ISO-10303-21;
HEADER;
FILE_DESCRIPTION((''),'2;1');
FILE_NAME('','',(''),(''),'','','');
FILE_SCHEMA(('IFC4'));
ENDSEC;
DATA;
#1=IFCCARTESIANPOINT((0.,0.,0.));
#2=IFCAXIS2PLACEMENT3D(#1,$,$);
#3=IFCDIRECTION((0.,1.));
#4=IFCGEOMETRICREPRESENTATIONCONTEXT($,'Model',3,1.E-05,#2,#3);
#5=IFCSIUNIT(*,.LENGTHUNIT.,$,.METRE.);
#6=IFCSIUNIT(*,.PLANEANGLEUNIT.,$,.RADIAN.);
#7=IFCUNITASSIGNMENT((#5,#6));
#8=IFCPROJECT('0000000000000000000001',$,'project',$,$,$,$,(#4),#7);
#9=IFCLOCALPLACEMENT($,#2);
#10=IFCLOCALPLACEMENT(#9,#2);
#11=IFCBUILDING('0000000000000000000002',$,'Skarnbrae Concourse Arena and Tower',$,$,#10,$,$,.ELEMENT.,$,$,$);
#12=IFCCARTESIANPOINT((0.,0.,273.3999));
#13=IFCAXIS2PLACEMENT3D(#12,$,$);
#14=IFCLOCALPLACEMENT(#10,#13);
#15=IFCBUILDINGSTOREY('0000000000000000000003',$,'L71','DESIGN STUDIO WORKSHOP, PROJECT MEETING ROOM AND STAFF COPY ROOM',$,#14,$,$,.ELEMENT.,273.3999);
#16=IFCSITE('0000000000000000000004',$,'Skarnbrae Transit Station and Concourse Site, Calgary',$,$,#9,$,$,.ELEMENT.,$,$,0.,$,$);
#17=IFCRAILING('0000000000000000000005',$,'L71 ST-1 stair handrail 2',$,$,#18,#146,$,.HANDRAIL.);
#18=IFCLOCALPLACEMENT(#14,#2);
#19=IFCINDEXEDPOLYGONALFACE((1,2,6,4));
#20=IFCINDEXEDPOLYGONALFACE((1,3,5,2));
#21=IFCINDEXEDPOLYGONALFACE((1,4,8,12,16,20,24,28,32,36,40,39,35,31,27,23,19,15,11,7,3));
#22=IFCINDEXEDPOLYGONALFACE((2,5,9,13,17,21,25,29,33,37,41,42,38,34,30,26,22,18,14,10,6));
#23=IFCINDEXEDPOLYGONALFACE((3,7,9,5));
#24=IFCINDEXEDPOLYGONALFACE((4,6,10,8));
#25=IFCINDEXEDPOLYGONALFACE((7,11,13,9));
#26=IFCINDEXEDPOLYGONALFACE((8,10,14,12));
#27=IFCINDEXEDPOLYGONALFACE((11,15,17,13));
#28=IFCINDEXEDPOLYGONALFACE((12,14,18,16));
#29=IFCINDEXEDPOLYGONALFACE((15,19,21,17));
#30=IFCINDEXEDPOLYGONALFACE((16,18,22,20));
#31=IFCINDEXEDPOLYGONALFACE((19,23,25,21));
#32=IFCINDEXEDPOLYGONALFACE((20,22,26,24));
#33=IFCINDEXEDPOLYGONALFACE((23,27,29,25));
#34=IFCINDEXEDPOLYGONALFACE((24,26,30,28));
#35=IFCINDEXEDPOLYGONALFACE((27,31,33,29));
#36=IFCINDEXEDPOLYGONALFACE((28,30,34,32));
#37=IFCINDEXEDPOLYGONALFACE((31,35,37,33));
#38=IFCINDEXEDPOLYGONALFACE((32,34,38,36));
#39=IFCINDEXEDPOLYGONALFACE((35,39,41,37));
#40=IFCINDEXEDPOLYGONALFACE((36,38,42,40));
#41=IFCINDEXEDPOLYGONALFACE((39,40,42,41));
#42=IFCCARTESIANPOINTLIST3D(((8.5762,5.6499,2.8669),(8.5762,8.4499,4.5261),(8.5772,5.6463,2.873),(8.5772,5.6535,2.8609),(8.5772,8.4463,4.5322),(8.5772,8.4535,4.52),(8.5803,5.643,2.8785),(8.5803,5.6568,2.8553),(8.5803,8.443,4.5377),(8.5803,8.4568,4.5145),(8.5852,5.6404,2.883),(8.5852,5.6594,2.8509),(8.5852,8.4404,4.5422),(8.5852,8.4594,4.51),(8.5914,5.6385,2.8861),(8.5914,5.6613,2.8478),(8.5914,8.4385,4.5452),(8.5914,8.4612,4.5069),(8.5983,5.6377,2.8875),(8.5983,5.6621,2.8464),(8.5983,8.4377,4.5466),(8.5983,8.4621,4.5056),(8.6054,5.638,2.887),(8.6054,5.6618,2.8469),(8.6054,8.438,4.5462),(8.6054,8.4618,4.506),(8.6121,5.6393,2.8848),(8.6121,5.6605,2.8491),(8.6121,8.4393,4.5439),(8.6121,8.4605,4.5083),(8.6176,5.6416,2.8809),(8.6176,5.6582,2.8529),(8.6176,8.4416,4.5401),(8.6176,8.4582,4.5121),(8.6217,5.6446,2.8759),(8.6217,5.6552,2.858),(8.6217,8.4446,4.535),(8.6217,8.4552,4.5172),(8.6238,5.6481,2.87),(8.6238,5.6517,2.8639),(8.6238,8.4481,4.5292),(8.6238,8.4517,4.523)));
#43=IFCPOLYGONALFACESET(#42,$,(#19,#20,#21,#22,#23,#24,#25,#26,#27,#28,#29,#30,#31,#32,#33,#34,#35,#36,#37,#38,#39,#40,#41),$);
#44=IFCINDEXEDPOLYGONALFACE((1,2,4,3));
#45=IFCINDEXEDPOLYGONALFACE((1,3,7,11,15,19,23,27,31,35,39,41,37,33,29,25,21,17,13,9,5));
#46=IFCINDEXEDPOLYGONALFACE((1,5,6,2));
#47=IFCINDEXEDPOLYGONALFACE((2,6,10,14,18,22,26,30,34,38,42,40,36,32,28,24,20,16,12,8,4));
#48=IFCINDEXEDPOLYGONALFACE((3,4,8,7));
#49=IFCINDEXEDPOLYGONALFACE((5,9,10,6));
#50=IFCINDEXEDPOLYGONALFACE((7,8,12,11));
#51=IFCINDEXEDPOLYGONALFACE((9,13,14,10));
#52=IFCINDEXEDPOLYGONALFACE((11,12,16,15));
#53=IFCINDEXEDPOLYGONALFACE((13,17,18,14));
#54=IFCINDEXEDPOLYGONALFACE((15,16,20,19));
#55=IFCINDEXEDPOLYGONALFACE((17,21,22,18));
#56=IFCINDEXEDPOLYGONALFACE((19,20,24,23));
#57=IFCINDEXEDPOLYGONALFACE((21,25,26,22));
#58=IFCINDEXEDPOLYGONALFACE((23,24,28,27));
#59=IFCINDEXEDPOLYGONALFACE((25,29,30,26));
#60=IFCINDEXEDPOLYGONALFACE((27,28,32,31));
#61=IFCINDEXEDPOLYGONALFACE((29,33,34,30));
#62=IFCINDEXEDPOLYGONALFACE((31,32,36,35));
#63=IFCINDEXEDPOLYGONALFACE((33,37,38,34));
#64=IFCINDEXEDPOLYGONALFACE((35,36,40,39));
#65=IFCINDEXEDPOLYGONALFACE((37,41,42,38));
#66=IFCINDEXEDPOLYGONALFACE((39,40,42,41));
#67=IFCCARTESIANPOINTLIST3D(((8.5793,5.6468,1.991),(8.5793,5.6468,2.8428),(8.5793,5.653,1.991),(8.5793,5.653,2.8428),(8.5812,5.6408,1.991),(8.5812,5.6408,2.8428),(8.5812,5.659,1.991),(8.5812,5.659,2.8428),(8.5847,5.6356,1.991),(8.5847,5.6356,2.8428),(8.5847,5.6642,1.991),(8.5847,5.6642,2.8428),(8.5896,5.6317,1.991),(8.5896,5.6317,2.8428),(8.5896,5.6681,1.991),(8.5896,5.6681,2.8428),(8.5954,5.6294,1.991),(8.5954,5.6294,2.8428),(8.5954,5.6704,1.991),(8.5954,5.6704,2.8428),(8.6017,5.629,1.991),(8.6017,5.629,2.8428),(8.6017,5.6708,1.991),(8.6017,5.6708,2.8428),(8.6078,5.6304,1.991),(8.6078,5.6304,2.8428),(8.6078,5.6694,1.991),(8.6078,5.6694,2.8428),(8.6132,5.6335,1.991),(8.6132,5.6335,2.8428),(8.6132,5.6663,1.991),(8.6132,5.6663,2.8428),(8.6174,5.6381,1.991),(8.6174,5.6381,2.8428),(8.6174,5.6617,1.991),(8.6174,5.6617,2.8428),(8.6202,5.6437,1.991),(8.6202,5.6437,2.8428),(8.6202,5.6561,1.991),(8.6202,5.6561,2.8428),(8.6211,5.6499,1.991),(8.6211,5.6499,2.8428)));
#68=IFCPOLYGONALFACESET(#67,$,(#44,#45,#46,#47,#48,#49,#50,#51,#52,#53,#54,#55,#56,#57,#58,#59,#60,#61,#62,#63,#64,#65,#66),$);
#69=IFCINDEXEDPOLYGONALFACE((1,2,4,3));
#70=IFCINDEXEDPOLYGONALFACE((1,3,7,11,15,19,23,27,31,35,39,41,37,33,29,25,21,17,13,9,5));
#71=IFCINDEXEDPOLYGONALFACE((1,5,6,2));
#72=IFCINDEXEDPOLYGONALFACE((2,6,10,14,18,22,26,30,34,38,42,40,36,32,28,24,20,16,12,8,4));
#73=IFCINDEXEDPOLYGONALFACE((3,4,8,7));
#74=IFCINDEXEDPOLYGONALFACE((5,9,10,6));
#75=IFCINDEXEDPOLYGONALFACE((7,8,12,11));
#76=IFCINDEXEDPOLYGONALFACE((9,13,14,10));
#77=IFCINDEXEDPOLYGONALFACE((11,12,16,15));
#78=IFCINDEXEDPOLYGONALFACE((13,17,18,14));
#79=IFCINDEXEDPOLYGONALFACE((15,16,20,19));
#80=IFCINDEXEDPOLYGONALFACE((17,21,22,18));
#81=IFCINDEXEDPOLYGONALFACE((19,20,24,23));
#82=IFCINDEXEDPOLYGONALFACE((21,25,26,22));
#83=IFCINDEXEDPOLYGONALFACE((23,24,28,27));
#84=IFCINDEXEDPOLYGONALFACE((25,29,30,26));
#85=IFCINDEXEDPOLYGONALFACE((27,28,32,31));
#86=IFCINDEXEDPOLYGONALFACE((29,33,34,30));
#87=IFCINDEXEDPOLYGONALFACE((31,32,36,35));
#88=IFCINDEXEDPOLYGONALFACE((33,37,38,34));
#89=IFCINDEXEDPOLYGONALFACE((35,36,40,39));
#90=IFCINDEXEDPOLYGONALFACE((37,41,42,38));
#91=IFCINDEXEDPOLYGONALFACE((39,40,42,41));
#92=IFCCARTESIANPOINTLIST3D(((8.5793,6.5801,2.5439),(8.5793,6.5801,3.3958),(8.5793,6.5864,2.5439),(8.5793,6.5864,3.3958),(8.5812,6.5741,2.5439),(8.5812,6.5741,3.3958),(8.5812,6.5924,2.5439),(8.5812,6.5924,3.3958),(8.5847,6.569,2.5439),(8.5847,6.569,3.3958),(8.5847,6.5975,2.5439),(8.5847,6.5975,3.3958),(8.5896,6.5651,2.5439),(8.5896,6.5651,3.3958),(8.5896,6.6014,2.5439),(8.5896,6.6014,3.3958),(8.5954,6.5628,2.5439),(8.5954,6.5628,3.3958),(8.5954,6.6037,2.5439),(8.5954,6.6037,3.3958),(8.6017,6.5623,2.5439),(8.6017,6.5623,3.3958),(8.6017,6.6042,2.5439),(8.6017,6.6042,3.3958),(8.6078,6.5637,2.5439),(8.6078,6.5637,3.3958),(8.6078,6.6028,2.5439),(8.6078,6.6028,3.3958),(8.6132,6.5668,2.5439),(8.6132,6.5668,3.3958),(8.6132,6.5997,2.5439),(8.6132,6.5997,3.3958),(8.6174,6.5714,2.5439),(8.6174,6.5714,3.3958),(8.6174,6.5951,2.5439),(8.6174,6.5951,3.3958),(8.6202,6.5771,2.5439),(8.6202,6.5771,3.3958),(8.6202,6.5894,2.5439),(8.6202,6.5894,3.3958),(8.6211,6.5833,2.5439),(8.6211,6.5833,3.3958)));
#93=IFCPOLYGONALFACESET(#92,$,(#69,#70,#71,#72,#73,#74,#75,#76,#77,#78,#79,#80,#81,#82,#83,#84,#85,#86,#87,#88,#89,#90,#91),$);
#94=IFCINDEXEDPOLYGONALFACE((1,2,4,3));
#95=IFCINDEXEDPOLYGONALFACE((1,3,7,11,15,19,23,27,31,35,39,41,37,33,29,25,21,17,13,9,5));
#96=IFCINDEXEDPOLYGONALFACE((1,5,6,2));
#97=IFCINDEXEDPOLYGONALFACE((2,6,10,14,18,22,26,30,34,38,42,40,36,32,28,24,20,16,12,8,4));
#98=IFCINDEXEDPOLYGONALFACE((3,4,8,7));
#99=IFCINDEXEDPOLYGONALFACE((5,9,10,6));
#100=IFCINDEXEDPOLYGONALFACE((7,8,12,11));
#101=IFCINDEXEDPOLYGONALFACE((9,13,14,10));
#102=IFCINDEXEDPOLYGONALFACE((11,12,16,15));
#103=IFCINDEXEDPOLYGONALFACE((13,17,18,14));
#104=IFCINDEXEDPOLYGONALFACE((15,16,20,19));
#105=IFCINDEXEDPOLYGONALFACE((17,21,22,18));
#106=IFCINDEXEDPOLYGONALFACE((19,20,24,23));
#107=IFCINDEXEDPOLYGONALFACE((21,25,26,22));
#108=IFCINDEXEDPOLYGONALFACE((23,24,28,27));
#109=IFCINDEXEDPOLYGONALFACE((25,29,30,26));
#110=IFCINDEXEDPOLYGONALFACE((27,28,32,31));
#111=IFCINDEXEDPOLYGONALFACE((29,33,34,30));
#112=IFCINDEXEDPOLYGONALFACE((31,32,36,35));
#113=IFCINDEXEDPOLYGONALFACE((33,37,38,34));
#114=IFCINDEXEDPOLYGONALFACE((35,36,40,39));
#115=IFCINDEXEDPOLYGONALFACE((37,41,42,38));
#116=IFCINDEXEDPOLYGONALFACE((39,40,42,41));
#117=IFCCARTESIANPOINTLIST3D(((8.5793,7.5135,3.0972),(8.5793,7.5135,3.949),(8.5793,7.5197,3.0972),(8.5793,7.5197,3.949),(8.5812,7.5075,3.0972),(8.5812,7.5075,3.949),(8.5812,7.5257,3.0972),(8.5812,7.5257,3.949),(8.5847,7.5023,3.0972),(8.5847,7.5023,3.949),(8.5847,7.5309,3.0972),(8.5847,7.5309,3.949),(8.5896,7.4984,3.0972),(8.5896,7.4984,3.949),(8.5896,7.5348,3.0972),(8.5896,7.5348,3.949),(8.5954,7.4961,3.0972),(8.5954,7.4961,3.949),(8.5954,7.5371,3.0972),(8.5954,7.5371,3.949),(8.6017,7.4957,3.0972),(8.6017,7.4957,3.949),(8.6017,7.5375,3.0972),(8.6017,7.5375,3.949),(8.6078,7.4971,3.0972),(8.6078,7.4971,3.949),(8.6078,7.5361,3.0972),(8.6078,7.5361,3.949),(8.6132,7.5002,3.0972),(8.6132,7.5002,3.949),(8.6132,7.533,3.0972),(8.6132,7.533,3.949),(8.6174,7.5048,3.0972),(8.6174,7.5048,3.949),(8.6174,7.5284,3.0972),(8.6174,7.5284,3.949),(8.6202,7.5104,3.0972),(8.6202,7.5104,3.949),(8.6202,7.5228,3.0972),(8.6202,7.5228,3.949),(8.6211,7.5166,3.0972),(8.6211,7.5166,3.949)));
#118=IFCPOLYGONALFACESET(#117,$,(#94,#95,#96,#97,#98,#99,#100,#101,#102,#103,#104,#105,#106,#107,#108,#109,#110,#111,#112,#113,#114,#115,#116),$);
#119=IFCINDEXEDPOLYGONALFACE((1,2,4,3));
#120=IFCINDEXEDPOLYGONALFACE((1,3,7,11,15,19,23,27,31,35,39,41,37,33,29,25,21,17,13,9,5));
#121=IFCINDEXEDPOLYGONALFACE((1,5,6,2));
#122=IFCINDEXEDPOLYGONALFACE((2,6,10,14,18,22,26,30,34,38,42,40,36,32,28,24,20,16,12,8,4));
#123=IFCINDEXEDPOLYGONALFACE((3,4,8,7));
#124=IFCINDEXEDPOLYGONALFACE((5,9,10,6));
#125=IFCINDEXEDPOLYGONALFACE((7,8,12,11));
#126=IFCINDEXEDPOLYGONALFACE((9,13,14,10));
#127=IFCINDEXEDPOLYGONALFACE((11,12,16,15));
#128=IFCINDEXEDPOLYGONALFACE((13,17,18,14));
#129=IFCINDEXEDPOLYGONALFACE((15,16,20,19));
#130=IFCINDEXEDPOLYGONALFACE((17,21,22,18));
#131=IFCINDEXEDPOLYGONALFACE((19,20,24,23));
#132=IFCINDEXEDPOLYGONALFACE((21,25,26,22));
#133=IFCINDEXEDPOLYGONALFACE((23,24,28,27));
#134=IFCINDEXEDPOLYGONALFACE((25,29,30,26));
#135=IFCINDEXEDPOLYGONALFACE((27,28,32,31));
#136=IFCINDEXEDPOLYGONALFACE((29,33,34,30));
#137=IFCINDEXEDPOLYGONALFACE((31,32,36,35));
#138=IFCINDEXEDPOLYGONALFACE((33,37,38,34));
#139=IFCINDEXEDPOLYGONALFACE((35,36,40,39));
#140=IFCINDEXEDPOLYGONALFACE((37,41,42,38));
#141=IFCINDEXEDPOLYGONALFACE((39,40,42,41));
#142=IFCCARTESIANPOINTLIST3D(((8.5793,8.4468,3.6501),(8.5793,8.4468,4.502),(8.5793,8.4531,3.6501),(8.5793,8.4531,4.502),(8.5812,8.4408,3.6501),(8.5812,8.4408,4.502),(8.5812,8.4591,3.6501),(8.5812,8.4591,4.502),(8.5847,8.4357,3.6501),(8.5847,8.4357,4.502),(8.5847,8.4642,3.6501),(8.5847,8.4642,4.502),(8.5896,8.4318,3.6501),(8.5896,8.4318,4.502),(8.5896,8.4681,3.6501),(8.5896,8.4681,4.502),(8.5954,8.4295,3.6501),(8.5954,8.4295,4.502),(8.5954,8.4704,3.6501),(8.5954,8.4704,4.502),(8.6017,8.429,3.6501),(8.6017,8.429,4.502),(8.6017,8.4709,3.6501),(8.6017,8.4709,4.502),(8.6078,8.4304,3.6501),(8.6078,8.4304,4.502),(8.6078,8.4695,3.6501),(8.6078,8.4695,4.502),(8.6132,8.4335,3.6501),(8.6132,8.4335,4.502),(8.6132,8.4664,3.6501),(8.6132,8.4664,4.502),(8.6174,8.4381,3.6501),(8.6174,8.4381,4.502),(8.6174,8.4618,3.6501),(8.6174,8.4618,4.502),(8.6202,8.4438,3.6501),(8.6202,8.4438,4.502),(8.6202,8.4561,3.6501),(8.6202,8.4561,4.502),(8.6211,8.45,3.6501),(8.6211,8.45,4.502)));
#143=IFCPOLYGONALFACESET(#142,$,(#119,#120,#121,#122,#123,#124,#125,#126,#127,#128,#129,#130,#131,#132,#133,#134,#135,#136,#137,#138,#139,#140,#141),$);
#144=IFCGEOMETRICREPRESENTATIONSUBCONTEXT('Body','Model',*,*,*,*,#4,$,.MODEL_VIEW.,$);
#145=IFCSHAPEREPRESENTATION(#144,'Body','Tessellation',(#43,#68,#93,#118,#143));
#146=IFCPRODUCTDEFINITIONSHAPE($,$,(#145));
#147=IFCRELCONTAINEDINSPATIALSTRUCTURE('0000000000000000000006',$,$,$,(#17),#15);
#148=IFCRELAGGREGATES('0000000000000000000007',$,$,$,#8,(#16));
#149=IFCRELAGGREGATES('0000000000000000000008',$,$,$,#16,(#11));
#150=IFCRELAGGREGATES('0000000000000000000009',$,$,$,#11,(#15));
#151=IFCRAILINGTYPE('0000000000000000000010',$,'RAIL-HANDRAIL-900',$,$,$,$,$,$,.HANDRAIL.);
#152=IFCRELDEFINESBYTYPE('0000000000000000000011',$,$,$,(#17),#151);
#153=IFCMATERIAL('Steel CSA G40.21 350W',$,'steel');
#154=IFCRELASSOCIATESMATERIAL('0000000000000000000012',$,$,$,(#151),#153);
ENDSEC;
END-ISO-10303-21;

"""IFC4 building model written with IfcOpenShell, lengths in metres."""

from ifc_helpers import new_model, si_unit, direction, frame, origin, origin_2d, place, context, subcontext, project, spatial, circle, extrude, material, type_object, element, save


model = new_model("IFC4")

# Units and contexts
model_context = context("Model", 3, precision=1e-05, world=origin(), true_north=direction((0.0, 1.0)))
body_context = subcontext(model_context, "Body", "Model", "MODEL_VIEW")
ifc_project = project(units=[si_unit("LENGTHUNIT", "METRE"), si_unit("PLANEANGLEUNIT", "RADIAN")], contexts=[model_context])

# Site, building, storey
site_placement = place(None, origin())
site = spatial("IfcSite", under=ifc_project, at=site_placement, Name="Skarnbrae Transit Station and Concourse Site, Calgary", CompositionType="ELEMENT", RefElevation=0.0)
building_placement = place(site_placement, origin())
building = spatial("IfcBuilding", under=site, at=building_placement, Name="Skarnbrae Concourse Arena and Tower", CompositionType="ELEMENT")
storey_placement = place(building_placement, frame((0.0, 0.0, 273.3999)))
storey = spatial("IfcBuildingStorey", under=building, at=storey_placement, Name="L71", Description="DESIGN STUDIO WORKSHOP, PROJECT MEETING ROOM AND STAFF COPY ROOM", CompositionType="ELEMENT", Elevation=273.3999)

# Shared definitions
ifc_material_1 = material(Name="Steel CSA G40.21 350W", Category="steel")

# Railing
railing_type_1 = type_object("IfcRailingType", Name="RAIL-HANDRAIL-900", PredefinedType="HANDRAIL", material=ifc_material_1)
railing_1_placement = place(storey_placement, frame((8.6001, 5.6499, 1.991)))
element("IfcRailing", 1, at=railing_1_placement, inside=storey, type_object=railing_type_1, Name="L71 ST-1 stair handrail 2", PredefinedType="HANDRAIL", context=body_context, shape_type="SweptSolid", body=[
    extrude(circle(Radius=0.0239, at=origin_2d()), frame((0.0, 0.0, 0.876), z_axis=(0.0, 0.860306, 0.509778), x_axis=(-1.0, 0.0, 0.0)), (0.0, 0.0, 1.0), 3.2546),
    extrude(circle(Radius=0.021, at=origin_2d()), origin(), (0.0, 0.0, 1.0), 0.8518),
    extrude(circle(Radius=0.021, at=origin_2d()), frame((0.0, 0.9333, 0.553)), (0.0, 0.0, 1.0), 0.8518),
    extrude(circle(Radius=0.021, at=origin_2d()), frame((0.0, 1.8667, 1.1062)), (0.0, 0.0, 1.0), 0.8518),
    extrude(circle(Radius=0.021, at=origin_2d()), frame((0.0, 2.8, 1.6592)), (0.0, 0.0, 1.0), 0.8518),
])

save(model, "model.ifc")
